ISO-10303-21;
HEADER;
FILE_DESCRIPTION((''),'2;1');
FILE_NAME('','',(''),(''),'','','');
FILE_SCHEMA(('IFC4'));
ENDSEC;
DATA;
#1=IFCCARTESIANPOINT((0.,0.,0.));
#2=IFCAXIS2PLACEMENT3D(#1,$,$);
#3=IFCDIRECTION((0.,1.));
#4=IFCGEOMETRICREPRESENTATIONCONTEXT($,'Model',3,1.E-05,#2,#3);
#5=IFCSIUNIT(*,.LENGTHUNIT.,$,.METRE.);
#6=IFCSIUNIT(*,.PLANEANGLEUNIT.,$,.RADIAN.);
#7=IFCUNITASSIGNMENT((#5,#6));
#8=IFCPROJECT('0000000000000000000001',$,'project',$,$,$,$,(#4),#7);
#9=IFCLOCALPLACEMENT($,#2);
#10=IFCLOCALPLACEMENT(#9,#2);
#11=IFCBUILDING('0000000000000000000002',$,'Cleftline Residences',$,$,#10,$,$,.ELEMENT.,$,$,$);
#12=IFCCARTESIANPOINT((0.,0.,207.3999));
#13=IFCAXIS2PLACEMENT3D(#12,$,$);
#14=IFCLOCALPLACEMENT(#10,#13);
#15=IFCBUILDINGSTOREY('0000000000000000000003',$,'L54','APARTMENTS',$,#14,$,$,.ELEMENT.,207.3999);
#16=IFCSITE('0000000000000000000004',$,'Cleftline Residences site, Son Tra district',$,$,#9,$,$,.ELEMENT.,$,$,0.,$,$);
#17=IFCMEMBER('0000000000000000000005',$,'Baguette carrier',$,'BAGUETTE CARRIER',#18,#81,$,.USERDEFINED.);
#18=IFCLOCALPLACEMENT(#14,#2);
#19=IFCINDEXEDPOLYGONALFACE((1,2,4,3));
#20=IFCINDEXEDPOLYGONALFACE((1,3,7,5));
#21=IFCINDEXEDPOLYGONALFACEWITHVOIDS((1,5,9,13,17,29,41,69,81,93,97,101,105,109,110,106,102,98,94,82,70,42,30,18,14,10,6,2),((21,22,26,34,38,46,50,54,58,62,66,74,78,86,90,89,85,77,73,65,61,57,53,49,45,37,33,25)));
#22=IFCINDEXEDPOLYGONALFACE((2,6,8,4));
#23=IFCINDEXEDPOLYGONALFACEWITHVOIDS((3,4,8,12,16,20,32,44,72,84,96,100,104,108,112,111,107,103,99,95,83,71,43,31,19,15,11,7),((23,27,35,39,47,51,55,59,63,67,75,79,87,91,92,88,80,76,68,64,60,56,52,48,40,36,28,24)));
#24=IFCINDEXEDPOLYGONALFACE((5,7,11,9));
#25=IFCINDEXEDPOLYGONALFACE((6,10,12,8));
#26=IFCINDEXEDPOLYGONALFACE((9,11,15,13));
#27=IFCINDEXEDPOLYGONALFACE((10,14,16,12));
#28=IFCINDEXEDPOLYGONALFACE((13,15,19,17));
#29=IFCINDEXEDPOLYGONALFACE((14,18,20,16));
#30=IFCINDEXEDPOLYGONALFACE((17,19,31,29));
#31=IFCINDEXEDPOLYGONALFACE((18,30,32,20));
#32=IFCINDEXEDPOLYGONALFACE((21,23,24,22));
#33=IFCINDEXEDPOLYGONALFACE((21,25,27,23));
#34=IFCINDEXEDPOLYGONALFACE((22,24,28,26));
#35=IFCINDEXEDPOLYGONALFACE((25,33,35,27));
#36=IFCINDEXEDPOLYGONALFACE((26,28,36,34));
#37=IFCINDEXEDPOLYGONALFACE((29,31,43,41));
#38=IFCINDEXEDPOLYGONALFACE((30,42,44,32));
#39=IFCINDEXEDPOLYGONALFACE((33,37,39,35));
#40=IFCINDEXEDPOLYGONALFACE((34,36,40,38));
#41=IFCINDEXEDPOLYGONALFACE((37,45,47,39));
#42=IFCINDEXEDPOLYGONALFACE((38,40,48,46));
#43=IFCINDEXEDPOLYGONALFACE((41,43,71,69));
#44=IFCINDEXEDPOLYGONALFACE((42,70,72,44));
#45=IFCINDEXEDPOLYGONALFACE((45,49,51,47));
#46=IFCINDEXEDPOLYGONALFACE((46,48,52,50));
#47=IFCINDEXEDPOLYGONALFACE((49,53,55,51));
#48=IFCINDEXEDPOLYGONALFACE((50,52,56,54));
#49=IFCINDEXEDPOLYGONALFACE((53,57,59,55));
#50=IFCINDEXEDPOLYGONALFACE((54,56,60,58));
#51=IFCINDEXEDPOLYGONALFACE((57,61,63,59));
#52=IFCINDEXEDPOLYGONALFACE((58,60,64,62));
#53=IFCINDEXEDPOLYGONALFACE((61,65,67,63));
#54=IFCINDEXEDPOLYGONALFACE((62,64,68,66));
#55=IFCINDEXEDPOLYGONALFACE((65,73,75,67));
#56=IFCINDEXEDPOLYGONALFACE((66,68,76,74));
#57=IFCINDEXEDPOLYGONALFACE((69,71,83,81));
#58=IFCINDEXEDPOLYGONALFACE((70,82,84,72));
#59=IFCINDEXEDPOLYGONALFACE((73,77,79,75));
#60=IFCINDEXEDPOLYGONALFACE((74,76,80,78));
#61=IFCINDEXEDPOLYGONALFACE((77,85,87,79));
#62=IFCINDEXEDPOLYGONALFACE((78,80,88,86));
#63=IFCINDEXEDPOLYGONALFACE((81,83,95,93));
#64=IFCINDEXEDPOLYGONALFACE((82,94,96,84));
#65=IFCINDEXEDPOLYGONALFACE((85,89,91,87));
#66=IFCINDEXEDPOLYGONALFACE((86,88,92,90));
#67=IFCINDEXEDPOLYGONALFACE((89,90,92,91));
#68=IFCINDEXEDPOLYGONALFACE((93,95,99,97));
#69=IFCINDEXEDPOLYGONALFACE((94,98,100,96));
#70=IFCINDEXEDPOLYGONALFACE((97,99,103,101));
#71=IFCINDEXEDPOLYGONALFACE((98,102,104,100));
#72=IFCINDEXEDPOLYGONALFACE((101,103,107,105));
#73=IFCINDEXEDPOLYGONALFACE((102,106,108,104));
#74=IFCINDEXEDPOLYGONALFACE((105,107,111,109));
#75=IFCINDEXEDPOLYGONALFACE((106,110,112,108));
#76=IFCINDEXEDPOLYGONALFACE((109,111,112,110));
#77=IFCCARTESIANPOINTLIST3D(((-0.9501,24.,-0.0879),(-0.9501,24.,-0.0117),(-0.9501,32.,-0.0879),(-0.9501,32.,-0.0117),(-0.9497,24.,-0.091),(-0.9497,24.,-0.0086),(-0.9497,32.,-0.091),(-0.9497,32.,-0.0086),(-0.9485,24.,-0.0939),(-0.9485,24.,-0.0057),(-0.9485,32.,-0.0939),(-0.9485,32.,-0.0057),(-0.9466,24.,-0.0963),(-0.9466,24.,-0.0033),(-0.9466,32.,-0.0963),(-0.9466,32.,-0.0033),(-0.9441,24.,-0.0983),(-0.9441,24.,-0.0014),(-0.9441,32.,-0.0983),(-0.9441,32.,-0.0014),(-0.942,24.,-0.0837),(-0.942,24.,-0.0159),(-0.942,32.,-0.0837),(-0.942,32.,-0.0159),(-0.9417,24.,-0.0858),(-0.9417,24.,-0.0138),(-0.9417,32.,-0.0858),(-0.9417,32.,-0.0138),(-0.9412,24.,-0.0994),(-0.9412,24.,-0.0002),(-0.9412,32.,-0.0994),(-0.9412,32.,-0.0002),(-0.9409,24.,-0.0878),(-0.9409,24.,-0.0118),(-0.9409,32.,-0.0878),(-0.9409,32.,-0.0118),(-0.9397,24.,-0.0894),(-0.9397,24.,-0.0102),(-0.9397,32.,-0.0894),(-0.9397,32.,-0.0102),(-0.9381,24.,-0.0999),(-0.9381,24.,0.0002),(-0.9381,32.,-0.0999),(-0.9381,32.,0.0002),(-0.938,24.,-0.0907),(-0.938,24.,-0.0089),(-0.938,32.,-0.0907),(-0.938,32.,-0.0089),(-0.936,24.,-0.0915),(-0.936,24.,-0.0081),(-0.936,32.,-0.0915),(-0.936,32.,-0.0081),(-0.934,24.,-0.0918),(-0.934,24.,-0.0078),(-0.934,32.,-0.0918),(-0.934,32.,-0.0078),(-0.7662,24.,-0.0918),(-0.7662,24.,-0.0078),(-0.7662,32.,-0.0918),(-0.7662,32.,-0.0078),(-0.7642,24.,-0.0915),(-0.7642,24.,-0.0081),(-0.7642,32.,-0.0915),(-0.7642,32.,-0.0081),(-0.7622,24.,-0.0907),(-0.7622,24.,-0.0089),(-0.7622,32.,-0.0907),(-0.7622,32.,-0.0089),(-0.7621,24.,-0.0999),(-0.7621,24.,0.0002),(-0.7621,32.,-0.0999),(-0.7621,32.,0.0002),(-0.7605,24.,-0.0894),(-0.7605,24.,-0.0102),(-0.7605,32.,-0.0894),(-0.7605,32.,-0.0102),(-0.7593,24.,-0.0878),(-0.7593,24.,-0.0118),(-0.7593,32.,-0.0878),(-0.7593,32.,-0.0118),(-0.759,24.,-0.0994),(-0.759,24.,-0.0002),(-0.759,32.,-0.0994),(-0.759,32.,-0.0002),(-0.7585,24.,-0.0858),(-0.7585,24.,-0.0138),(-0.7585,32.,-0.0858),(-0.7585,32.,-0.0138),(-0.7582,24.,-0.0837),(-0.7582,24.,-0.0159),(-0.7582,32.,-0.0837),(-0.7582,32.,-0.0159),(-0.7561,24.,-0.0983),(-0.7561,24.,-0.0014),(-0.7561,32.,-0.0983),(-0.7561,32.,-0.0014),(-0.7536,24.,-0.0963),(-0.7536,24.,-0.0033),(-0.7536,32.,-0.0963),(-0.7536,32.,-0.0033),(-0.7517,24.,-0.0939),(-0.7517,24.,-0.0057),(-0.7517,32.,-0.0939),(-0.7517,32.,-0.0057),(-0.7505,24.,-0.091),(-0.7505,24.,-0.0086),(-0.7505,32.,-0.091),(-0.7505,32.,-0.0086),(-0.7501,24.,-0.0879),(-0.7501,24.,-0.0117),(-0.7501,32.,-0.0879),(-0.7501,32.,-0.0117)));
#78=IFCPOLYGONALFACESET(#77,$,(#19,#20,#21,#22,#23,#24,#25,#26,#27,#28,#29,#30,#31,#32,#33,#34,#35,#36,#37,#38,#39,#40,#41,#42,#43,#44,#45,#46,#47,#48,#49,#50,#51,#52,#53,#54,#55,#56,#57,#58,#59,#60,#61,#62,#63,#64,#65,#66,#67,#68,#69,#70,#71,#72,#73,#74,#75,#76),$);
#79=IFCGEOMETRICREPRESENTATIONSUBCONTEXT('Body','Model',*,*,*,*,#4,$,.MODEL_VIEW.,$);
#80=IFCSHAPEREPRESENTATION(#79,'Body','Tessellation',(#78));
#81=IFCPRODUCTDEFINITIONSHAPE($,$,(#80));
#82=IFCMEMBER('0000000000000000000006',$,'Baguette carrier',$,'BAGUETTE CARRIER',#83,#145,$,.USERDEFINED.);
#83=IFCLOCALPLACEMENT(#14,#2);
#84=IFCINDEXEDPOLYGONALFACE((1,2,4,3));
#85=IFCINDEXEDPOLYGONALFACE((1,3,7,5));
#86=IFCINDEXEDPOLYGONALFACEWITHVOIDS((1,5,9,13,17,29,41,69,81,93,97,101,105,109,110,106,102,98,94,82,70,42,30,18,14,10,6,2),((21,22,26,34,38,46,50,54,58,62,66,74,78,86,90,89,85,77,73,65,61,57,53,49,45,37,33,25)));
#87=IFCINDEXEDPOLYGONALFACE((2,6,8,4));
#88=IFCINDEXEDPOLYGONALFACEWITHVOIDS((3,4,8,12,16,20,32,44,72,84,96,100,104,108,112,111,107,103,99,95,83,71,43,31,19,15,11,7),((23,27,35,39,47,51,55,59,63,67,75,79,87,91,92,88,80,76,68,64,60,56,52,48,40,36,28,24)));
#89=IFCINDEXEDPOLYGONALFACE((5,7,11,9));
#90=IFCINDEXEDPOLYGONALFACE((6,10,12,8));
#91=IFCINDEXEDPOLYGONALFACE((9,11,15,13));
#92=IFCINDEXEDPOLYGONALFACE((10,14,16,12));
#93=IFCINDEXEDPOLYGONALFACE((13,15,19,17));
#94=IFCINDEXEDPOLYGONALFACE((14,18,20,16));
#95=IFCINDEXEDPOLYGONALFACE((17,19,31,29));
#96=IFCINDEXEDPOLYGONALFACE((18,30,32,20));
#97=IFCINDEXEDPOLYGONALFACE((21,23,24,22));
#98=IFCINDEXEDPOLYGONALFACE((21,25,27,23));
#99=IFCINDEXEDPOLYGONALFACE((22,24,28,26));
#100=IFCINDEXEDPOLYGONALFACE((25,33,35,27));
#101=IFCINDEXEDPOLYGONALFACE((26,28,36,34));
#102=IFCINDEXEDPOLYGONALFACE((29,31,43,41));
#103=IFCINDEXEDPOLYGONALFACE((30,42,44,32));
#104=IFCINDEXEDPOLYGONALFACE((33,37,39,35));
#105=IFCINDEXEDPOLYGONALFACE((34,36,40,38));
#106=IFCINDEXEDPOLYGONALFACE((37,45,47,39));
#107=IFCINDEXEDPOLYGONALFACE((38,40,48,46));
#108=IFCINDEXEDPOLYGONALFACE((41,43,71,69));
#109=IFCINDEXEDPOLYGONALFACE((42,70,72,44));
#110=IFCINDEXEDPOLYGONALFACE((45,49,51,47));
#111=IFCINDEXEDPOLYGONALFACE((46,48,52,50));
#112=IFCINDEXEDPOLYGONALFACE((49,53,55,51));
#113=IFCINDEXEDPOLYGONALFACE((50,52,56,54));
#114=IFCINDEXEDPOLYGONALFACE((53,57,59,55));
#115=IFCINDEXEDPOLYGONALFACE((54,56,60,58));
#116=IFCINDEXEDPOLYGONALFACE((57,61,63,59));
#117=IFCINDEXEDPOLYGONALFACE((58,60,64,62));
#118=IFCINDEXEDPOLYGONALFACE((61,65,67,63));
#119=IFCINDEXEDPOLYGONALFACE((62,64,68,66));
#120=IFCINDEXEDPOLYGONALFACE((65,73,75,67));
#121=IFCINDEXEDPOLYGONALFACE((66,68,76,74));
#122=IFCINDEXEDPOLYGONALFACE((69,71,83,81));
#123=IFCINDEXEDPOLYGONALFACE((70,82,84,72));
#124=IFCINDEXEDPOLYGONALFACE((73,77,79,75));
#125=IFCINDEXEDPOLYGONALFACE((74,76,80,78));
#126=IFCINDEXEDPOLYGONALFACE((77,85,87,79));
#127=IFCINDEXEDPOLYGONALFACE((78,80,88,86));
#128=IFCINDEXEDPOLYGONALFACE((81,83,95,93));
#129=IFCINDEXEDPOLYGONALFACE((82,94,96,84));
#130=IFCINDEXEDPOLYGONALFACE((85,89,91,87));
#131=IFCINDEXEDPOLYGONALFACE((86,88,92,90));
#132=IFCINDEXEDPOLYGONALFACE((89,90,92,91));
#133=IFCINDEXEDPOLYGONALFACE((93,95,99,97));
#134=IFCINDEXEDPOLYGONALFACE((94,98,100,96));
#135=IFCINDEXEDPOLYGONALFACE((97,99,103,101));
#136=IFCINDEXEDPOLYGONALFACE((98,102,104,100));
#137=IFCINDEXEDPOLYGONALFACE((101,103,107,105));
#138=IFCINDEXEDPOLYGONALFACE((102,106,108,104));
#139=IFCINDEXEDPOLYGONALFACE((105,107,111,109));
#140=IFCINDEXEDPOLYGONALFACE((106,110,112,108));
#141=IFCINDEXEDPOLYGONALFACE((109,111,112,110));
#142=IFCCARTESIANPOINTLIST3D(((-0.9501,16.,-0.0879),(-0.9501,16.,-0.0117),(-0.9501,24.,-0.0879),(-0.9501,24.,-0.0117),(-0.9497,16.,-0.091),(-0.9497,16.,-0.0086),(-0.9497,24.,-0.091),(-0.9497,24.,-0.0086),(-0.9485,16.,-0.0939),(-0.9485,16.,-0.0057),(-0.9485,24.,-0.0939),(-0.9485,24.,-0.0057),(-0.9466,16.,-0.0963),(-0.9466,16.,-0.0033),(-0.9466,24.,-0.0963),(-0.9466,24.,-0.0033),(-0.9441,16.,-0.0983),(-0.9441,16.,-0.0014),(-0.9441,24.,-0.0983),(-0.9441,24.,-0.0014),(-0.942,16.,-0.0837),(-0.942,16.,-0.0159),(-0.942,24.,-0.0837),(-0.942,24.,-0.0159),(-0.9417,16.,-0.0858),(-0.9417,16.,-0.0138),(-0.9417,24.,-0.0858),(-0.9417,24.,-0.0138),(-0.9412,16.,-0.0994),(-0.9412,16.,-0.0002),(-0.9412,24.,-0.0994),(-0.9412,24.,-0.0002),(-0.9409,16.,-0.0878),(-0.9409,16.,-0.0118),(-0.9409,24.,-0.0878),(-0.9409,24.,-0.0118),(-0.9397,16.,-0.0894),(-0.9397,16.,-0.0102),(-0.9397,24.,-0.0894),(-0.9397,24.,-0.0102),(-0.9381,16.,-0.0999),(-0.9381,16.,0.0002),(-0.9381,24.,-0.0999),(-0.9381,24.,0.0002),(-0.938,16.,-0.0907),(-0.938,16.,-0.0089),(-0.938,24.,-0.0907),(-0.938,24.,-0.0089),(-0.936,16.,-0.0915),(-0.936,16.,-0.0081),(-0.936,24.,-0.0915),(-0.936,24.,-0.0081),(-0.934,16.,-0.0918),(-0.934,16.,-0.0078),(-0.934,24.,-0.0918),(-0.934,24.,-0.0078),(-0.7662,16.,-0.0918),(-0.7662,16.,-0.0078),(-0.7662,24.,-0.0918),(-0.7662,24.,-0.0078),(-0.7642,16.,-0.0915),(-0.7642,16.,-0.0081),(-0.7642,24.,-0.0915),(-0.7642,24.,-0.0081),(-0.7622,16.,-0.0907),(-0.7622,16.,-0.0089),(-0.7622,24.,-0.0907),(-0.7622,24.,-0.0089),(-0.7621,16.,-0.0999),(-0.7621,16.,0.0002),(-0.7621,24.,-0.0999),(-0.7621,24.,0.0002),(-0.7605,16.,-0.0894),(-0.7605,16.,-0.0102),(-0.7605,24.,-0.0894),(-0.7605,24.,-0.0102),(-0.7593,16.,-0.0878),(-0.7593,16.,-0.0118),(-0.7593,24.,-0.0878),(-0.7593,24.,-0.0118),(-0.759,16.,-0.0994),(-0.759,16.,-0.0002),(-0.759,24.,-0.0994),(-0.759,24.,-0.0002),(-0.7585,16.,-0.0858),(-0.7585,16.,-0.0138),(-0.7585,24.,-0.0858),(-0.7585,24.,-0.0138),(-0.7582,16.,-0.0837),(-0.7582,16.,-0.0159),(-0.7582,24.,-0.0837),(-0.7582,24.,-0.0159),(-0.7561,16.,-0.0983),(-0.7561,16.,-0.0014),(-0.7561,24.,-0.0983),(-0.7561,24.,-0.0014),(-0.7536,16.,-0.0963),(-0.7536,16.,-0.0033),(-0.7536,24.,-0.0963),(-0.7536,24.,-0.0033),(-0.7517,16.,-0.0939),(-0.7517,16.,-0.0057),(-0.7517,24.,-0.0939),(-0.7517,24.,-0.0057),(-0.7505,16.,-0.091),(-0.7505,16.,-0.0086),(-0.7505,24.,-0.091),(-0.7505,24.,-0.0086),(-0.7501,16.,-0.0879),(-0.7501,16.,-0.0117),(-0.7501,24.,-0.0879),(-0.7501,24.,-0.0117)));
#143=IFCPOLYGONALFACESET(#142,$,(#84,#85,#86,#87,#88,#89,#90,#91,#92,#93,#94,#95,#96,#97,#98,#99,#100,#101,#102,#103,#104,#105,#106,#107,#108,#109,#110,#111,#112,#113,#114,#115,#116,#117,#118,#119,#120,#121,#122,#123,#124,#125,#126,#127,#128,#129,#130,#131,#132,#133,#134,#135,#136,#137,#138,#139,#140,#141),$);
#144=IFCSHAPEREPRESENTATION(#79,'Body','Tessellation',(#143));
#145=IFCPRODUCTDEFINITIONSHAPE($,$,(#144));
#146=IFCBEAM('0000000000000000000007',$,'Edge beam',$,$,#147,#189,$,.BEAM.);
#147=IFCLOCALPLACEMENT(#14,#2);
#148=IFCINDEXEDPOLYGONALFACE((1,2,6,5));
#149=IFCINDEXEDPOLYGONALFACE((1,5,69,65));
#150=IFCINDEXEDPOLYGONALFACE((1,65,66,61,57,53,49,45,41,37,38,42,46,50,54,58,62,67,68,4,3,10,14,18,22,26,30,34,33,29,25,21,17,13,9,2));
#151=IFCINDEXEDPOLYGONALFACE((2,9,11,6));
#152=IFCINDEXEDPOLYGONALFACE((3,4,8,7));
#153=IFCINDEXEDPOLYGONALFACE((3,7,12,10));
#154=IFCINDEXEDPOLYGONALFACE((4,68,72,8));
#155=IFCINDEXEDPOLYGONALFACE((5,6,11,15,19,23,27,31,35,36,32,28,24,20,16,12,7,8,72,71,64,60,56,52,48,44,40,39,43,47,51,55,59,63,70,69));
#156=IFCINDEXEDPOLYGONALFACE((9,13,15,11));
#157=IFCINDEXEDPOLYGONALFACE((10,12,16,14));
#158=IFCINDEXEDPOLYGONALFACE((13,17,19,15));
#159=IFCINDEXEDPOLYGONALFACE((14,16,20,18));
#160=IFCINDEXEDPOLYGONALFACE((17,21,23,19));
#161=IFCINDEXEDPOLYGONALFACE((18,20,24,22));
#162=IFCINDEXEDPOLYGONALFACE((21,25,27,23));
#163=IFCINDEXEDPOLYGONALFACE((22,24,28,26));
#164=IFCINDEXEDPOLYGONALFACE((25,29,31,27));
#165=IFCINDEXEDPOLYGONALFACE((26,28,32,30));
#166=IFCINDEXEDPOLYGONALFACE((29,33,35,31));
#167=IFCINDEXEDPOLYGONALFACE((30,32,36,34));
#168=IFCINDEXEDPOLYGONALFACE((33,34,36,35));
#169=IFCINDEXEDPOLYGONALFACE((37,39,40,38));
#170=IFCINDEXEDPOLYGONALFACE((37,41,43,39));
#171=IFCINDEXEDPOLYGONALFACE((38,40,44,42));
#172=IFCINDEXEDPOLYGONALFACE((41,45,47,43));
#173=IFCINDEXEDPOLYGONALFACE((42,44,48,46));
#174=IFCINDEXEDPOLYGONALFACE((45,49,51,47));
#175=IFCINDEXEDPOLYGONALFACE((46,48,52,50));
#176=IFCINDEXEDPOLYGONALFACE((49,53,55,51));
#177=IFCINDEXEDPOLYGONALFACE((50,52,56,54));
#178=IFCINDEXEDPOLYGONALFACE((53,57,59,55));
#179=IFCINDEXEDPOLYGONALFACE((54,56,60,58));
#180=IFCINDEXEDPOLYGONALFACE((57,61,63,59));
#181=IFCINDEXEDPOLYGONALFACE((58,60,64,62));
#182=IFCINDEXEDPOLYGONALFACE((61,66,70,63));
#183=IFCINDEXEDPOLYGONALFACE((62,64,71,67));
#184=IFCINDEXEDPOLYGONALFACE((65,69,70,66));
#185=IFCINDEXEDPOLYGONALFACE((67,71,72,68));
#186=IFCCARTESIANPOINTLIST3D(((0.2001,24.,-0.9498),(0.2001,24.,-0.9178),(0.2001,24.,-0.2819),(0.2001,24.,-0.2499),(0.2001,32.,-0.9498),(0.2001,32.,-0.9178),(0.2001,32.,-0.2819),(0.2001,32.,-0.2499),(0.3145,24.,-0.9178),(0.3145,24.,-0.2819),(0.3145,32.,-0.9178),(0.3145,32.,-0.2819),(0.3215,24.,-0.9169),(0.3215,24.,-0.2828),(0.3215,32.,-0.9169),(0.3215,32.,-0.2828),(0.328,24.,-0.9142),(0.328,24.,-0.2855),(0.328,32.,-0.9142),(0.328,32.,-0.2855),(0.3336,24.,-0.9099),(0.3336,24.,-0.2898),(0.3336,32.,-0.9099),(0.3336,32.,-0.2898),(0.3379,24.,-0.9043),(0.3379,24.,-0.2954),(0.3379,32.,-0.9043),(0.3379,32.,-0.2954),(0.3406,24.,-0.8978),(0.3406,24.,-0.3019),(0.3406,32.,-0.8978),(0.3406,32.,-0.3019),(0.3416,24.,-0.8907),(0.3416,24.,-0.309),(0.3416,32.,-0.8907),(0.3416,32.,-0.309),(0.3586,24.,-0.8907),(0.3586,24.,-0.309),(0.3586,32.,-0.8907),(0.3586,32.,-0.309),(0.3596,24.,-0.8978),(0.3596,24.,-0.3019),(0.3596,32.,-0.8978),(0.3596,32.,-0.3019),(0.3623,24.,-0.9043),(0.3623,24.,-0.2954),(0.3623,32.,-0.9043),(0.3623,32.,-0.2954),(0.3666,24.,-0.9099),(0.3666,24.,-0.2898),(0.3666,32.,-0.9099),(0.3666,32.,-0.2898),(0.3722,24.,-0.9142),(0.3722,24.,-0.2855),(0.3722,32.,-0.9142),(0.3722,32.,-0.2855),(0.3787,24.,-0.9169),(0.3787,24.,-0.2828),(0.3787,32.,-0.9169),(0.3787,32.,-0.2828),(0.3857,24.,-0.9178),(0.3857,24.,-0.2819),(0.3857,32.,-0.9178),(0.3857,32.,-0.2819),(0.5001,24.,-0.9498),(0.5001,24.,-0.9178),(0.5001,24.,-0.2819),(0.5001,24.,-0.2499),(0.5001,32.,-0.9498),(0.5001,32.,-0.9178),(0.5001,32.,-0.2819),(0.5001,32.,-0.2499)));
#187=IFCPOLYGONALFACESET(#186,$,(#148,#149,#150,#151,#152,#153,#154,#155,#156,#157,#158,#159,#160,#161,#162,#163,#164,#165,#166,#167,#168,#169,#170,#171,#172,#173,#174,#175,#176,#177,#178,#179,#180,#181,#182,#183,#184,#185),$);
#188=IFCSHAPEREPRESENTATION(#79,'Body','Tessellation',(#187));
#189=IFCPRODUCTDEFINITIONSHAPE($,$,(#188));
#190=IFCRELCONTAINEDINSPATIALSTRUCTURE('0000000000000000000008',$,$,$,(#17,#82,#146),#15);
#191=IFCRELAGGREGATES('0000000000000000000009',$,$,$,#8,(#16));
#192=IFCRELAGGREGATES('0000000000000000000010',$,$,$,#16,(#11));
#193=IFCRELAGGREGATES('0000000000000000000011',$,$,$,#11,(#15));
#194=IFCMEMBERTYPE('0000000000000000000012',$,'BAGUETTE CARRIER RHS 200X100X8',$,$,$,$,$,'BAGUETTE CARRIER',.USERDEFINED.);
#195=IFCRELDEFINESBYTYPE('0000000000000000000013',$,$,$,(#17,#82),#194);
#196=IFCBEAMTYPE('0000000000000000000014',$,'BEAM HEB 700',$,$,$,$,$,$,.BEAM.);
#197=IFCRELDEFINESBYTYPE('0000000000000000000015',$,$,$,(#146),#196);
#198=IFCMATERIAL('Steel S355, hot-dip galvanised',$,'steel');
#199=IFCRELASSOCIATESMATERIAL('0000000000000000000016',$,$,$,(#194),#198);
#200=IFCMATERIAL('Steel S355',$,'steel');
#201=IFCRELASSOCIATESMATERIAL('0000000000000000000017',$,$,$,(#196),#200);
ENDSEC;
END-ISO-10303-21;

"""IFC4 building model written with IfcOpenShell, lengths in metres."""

from ifc_helpers import new_model, si_unit, direction, frame, origin, origin_2d, place, context, subcontext, project, spatial, hollow_rectangle, i_section, extrude, material, material_profile, profile_set, type_object, element, save


model = new_model("IFC4")

# Units and contexts
model_context = context("Model", 3, precision=1e-05, world=origin(), true_north=direction((0.0, 1.0)))
body_context = subcontext(model_context, "Body", "Model", "MODEL_VIEW")
ifc_project = project(units=[si_unit("LENGTHUNIT", "METRE"), si_unit("PLANEANGLEUNIT", "RADIAN")], contexts=[model_context])

# Site, building, storey
site_placement = place(None, origin())
site = spatial("IfcSite", under=ifc_project, at=site_placement, Name="Cleftline Residences site, Son Tra district", CompositionType="ELEMENT", RefElevation=0.0)
building_placement = place(site_placement, origin())
building = spatial("IfcBuilding", under=site, at=building_placement, Name="Cleftline Residences", CompositionType="ELEMENT")
storey_placement = place(building_placement, frame((0.0, 0.0, 207.3999)))
storey = spatial("IfcBuildingStorey", under=building, at=storey_placement, Name="L54", Description="APARTMENTS", CompositionType="ELEMENT", Elevation=207.3999)

# Members
ifc_material_1 = material(Name="Steel S355, hot-dip galvanised", Category="steel")
ifc_material_profile_1 = material_profile(ifc_material_1, hollow_rectangle(XDim=0.1001, YDim=0.2, WallThickness=0.0081, InnerFilletRadius=0.0081, OuterFilletRadius=0.012, at=origin_2d()))
ifc_profile_set_1 = profile_set([ifc_material_profile_1], Name="Steel S355, hot-dip galvanised")
member_type_1 = type_object("IfcMemberType", Name="BAGUETTE CARRIER RHS 200X100X8", ElementType="BAGUETTE CARRIER", PredefinedType="USERDEFINED", material=ifc_profile_set_1)
for number, where, z_axis, x_axis, name in (
    (1, (-0.8501, 32.0, -0.0498), (0.0, -1.0, 0.0), (0.0, 0.0, 1.0), "Baguette carrier"),
    (2, (-0.8501, 24.0, -0.0498), (0.0, -1.0, 0.0), (0.0, 0.0, 1.0), "Baguette carrier"),
):
    element("IfcMember", number, at=place(storey_placement, frame(where, z_axis=z_axis, x_axis=x_axis)), inside=storey, type_object=member_type_1, Name=name, ObjectType="BAGUETTE CARRIER", PredefinedType="USERDEFINED", context=body_context, shape_type="SweptSolid", body=[
        extrude(hollow_rectangle(XDim=0.1001, YDim=0.2, WallThickness=0.0081, InnerFilletRadius=0.0081, OuterFilletRadius=0.012, at=origin_2d()), origin(), (0.0, 0.0, 1.0), 8.0),
    ])

# Beam
ifc_material_2 = material(Name="Steel S355", Category="steel")
ifc_material_profile_2 = material_profile(ifc_material_2, i_section(OverallWidth=0.3, OverallDepth=0.7, WebThickness=0.0171, FlangeThickness=0.032, FilletRadius=0.0271, at=origin_2d()))
ifc_profile_set_2 = profile_set([ifc_material_profile_2], Name="Steel S355")
beam_type_1 = type_object("IfcBeamType", Name="BEAM HEB 700", PredefinedType="BEAM", material=ifc_profile_set_2)
for number, where, z_axis, x_axis, name in (
    (3, (0.3501, 24.0, -0.5999), (0.0, 1.0, 0.0), (-1.0, 0.0, 0.0), "Edge beam"),
):
    element("IfcBeam", number, at=place(storey_placement, frame(where, z_axis=z_axis, x_axis=x_axis)), inside=storey, type_object=beam_type_1, Name=name, PredefinedType="BEAM", context=body_context, shape_type="SweptSolid", body=[
        extrude(i_section(OverallWidth=0.3, OverallDepth=0.7, WebThickness=0.0171, FlangeThickness=0.032, FilletRadius=0.0271, at=origin_2d()), origin(), (0.0, 0.0, 1.0), 8.0),
    ])

save(model, "model.ifc")
